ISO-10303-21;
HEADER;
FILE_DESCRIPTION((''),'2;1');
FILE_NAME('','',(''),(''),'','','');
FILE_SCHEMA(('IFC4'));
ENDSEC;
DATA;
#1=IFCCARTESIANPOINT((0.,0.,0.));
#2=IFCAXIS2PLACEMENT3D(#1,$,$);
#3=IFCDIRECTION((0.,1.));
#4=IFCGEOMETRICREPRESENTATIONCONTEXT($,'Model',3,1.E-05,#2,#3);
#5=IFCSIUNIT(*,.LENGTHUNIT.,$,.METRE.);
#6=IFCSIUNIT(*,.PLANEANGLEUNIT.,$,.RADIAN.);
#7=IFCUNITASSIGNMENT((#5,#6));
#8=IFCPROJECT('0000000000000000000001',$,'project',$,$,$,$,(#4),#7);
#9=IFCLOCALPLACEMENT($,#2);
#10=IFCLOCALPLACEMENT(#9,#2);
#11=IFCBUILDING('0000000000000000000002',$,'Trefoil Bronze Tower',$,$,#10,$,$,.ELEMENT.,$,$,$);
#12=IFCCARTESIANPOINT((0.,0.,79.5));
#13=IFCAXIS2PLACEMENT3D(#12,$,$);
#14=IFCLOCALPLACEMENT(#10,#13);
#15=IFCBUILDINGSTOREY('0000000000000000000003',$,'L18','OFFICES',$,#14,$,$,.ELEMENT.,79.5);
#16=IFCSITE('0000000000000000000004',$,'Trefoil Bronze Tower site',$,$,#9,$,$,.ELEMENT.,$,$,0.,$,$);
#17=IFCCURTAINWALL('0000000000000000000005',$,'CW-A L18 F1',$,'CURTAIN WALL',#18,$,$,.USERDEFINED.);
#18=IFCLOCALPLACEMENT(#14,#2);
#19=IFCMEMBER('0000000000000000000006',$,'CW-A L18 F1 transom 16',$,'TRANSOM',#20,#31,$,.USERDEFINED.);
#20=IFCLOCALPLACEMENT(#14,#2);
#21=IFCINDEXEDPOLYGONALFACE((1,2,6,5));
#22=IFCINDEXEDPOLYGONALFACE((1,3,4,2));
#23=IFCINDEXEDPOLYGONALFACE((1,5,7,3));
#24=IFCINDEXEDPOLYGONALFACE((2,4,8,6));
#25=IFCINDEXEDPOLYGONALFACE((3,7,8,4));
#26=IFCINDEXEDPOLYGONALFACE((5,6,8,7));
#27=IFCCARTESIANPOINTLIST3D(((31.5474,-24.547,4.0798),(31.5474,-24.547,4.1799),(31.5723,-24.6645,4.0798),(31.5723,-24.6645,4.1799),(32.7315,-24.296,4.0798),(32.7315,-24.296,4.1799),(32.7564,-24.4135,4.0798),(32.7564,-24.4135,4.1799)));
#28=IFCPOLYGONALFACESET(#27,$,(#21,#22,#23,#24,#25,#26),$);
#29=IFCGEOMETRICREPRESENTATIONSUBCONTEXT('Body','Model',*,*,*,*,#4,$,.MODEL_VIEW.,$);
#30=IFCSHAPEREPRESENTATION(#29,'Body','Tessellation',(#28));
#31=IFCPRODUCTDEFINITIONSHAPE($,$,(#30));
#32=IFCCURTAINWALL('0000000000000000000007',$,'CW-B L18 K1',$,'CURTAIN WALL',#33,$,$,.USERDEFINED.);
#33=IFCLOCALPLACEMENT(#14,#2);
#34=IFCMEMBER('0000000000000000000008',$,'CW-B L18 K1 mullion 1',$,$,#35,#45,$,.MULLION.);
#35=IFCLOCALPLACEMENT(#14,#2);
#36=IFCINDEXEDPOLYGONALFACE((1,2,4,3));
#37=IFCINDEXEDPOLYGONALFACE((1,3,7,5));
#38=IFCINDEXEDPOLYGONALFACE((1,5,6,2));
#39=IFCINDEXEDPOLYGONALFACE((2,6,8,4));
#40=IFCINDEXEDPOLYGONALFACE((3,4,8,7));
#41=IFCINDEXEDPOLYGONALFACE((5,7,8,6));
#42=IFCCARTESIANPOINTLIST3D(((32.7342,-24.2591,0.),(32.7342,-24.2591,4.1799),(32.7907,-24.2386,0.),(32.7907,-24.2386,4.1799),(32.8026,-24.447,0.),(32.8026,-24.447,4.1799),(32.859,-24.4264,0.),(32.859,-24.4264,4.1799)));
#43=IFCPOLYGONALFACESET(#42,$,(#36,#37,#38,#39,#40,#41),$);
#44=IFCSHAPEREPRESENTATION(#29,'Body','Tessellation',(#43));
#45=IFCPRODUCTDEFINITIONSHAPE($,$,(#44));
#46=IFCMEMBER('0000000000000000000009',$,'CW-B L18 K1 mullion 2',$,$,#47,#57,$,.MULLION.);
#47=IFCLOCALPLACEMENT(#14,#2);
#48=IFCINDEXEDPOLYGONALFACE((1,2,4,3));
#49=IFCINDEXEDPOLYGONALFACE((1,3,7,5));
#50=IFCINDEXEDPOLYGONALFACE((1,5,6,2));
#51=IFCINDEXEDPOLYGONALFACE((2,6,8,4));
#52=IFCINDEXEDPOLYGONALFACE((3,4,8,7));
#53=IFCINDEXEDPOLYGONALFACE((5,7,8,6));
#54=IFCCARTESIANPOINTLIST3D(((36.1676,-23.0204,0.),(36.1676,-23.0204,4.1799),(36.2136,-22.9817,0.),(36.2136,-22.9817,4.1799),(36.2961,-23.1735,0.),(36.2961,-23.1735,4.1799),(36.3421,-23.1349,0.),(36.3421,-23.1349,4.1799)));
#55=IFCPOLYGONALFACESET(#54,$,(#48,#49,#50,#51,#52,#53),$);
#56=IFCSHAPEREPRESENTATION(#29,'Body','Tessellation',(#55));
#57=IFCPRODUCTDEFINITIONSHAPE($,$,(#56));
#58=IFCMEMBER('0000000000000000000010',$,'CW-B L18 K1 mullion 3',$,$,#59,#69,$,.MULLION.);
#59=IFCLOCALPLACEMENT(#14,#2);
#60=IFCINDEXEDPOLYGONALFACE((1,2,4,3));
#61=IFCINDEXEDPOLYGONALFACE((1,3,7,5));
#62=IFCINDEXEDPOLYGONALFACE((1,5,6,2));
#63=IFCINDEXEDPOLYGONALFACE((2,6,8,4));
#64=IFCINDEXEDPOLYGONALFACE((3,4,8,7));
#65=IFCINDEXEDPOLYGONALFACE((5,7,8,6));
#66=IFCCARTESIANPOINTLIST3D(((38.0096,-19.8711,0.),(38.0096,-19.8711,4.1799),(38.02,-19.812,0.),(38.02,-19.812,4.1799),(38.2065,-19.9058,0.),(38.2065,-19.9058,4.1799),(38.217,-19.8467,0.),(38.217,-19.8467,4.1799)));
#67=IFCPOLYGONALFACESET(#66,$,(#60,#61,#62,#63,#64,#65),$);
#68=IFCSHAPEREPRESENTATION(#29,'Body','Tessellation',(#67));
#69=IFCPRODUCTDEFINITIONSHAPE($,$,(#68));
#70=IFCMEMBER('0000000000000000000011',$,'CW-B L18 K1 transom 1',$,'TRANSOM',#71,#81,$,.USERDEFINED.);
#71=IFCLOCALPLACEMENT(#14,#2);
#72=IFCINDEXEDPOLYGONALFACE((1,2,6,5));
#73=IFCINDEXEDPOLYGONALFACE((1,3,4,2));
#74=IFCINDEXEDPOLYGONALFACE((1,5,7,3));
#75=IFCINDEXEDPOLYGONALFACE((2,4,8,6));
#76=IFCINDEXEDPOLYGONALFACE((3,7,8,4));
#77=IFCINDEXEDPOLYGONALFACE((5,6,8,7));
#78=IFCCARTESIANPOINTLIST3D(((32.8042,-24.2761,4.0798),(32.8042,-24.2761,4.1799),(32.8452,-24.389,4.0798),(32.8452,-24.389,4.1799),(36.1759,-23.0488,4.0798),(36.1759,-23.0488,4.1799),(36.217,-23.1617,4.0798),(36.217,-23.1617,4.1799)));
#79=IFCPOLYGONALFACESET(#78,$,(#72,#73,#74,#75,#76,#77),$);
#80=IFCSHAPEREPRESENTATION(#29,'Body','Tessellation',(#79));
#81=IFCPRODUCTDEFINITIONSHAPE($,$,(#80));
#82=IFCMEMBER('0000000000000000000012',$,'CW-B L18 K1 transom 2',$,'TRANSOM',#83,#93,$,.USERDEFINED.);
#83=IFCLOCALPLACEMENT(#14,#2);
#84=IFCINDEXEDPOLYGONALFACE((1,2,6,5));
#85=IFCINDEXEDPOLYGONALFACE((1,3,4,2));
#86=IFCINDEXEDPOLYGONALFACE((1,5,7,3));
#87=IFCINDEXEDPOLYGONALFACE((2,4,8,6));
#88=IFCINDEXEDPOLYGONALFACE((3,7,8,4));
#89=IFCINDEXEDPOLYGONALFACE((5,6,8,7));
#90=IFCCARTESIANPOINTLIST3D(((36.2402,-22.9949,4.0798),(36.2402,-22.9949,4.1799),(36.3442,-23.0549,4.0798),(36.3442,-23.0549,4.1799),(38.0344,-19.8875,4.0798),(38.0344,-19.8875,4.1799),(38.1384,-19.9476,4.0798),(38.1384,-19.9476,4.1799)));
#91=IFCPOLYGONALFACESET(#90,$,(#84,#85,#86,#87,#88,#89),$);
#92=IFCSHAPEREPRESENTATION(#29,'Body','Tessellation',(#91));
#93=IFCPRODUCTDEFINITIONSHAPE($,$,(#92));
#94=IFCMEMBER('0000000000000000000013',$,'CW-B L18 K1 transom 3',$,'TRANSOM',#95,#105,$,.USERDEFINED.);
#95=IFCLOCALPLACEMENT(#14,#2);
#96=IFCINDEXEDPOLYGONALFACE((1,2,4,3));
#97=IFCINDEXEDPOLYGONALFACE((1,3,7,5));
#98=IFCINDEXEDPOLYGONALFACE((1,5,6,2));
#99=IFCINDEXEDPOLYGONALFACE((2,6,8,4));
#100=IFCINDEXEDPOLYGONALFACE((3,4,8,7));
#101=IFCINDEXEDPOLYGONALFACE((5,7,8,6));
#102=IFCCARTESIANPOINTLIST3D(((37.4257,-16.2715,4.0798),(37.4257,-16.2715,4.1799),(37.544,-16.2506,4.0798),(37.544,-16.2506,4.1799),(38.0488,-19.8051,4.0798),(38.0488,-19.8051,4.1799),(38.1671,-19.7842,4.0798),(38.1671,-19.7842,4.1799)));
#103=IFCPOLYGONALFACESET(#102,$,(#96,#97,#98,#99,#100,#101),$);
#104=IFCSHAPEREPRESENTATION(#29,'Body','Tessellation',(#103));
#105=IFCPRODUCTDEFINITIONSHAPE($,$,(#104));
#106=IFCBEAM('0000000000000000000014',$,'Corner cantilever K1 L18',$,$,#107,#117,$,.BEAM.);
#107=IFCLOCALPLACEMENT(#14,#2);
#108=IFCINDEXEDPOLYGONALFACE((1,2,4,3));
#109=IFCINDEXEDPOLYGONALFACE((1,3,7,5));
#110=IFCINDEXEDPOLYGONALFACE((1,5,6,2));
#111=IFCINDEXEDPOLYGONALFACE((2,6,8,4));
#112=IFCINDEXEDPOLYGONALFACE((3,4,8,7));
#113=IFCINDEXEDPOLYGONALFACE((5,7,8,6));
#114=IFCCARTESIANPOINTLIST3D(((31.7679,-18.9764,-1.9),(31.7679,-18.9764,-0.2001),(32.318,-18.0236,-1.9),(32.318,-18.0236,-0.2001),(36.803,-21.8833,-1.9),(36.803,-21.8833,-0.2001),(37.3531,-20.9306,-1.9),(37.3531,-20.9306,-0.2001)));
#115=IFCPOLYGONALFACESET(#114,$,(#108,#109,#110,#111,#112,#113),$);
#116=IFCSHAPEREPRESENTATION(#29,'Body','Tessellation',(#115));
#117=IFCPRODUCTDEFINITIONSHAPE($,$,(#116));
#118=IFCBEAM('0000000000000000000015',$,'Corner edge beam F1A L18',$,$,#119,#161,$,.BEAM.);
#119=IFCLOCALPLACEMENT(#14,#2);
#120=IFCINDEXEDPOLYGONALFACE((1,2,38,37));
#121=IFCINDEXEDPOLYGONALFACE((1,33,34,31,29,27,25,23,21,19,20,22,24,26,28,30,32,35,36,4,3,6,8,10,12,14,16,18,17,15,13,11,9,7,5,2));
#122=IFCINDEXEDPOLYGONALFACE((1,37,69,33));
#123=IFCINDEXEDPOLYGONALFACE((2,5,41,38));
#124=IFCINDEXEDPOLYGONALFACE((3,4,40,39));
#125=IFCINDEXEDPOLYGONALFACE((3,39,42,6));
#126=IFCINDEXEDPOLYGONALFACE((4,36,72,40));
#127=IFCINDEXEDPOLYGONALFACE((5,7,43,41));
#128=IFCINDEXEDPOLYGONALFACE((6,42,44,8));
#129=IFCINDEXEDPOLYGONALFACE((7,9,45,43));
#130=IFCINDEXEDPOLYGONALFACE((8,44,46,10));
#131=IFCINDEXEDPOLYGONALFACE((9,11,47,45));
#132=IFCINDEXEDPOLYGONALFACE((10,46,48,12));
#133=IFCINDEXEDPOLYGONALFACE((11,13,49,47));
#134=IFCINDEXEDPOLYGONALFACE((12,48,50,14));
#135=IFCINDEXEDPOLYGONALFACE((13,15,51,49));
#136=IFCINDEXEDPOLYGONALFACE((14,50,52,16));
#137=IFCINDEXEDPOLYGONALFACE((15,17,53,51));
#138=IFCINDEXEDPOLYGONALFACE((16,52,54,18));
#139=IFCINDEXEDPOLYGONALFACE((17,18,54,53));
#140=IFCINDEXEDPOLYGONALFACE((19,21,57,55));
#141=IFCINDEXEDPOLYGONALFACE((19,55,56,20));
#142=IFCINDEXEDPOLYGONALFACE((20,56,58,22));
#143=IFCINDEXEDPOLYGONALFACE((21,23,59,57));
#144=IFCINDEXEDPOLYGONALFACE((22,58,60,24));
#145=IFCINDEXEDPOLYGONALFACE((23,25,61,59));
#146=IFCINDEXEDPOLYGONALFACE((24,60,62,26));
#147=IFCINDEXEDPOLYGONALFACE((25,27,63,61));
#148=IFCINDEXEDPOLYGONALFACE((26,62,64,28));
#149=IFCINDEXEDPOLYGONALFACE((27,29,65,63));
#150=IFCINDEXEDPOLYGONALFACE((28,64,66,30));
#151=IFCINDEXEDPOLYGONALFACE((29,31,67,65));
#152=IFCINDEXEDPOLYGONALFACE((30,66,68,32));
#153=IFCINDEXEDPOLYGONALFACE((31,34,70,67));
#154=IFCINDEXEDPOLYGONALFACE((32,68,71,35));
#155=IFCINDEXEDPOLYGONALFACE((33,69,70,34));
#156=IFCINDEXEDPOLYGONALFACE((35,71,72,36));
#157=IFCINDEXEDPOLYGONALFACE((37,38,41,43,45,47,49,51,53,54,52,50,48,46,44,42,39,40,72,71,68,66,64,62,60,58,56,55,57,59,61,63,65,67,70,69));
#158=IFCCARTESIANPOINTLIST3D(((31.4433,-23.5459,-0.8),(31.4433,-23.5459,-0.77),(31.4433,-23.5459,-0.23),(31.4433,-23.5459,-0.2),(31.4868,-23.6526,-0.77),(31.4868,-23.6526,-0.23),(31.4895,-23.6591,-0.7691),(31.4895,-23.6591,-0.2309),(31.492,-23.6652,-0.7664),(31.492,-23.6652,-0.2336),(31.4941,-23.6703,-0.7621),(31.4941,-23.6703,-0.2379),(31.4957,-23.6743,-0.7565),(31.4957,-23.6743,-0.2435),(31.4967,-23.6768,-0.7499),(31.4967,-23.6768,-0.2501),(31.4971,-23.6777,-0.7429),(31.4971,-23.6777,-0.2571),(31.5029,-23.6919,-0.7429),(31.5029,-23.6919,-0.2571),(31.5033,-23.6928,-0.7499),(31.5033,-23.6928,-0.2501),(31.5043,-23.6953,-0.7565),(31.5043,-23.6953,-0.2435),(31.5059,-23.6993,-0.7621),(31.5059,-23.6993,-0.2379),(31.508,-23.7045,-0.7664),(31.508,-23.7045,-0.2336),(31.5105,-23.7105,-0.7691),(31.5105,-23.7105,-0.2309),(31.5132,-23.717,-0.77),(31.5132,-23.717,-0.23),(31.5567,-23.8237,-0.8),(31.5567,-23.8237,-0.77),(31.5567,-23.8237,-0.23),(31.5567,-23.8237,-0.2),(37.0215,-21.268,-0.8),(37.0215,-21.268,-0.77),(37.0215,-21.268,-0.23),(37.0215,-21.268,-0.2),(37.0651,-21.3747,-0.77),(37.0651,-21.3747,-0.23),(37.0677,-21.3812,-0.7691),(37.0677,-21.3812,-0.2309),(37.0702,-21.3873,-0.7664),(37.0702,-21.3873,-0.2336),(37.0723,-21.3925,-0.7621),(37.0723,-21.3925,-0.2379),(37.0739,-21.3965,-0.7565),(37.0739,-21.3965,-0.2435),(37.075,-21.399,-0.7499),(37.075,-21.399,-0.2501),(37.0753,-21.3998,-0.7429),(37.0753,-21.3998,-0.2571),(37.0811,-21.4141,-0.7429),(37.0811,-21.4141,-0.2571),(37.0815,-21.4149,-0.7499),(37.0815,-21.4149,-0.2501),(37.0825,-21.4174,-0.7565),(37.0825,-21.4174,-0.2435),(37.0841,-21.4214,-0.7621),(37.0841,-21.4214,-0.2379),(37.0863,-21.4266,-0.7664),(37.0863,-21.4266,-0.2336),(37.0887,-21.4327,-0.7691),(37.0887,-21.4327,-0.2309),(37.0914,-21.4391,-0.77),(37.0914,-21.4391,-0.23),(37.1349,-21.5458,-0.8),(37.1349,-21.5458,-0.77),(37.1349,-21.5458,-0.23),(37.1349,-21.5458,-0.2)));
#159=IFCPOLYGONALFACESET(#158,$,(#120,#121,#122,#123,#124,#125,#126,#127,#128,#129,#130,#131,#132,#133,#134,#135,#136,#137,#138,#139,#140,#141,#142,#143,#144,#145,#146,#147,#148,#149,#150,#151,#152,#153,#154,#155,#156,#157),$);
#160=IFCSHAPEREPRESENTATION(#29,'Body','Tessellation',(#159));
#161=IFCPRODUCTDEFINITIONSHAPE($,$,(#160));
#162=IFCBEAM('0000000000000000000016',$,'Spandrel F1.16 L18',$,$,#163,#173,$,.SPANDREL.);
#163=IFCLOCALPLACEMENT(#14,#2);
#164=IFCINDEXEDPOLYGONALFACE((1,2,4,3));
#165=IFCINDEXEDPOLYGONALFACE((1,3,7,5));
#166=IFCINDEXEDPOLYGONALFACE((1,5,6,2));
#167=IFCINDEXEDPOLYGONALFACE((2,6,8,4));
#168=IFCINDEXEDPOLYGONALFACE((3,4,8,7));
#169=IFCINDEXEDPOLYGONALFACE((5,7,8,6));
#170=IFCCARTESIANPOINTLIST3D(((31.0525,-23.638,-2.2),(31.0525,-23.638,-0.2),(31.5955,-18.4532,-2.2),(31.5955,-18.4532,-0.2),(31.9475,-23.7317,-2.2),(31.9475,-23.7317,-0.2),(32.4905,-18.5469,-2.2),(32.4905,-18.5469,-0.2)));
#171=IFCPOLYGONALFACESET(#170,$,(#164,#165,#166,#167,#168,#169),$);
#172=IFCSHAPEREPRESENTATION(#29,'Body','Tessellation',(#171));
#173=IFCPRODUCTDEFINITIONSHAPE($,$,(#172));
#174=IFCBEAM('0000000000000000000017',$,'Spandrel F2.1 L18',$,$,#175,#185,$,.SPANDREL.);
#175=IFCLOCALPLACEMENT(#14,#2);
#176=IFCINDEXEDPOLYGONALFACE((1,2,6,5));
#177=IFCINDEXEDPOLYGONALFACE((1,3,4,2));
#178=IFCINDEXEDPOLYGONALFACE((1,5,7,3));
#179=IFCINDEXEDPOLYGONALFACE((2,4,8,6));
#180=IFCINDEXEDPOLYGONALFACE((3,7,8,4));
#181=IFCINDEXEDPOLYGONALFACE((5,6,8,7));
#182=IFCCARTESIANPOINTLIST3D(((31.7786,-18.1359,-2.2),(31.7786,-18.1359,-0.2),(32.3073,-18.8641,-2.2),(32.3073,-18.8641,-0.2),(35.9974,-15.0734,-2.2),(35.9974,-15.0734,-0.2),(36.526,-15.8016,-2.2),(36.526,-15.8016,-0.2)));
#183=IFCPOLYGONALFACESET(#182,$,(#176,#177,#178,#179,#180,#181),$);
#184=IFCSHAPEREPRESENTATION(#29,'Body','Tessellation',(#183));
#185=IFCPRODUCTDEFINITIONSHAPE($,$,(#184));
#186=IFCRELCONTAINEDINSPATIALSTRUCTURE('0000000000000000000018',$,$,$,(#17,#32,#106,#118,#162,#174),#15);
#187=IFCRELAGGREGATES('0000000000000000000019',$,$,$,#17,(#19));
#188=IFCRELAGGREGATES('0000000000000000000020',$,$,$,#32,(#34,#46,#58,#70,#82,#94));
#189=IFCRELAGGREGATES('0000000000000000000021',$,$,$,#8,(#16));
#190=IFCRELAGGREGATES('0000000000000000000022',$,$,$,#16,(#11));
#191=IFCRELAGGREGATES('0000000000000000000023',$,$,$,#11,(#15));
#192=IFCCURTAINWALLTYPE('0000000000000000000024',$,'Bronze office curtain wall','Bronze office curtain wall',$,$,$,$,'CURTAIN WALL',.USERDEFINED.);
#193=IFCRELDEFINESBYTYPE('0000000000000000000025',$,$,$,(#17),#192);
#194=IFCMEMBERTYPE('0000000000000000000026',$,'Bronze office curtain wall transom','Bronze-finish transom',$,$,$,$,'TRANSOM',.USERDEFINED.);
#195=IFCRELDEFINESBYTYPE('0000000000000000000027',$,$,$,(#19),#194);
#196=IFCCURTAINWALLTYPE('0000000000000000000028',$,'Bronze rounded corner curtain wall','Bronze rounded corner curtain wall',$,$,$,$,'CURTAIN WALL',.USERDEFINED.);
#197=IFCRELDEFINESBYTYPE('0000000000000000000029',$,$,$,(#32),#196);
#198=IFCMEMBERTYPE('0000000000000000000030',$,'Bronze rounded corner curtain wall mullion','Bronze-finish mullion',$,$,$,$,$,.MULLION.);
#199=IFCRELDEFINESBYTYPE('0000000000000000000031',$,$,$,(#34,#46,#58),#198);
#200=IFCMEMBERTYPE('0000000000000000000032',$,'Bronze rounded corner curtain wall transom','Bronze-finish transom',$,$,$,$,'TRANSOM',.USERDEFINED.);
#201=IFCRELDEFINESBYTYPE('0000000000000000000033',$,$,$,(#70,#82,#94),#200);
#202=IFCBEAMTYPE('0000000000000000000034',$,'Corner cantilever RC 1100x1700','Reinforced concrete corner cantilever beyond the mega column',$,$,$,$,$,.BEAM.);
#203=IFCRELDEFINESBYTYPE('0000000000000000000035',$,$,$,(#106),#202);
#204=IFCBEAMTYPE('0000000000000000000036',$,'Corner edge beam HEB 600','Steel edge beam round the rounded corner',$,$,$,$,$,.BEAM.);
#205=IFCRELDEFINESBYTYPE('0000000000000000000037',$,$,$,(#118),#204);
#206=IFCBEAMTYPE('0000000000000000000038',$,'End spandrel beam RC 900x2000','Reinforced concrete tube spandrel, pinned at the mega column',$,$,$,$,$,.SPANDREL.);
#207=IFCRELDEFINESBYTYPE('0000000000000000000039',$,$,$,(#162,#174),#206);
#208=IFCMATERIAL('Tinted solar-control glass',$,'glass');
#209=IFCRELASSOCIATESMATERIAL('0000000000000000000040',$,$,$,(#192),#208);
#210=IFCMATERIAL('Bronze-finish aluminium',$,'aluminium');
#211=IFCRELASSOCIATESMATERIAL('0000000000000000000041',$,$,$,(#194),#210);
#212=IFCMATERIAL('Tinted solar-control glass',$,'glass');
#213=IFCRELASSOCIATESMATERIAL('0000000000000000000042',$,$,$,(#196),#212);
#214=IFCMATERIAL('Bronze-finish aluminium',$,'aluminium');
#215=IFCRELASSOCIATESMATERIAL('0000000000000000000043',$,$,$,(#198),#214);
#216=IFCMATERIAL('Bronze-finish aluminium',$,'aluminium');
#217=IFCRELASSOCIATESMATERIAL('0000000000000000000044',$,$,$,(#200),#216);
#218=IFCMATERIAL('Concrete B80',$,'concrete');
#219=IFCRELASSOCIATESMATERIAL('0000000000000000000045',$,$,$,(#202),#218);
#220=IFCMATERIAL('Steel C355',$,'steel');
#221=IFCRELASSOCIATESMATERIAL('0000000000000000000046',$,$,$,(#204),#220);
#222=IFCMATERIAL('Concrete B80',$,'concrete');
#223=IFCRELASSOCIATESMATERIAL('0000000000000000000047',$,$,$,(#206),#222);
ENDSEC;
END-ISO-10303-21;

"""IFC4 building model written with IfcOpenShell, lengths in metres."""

from ifc_helpers import new_model, si_unit, direction, frame, origin, origin_2d, place, context, subcontext, project, spatial, rectangle, i_section, extrude, material, material_profile, profile_set, type_object, element, aggregate, save


model = new_model("IFC4")

# Units and contexts
model_context = context("Model", 3, precision=1e-05, world=origin(), true_north=direction((0.0, 1.0)))
body_context = subcontext(model_context, "Body", "Model", "MODEL_VIEW")
ifc_project = project(units=[si_unit("LENGTHUNIT", "METRE"), si_unit("PLANEANGLEUNIT", "RADIAN")], contexts=[model_context])

# Site, building, storey
site_placement = place(None, origin())
site = spatial("IfcSite", under=ifc_project, at=site_placement, Name="Trefoil Bronze Tower site", CompositionType="ELEMENT", RefElevation=0.0)
building_placement = place(site_placement, origin())
building = spatial("IfcBuilding", under=site, at=building_placement, Name="Trefoil Bronze Tower", CompositionType="ELEMENT")
storey_placement = place(building_placement, frame((0.0, 0.0, 79.5)))
storey = spatial("IfcBuildingStorey", under=building, at=storey_placement, Name="L18", Description="OFFICES", CompositionType="ELEMENT", Elevation=79.5)

# Curtain walls, members
ifc_material_1 = material(Name="Tinted solar-control glass", Category="glass")
curtain_wall_type_1 = type_object("IfcCurtainWallType", Name="Bronze office curtain wall", Description="Bronze office curtain wall", ElementType="CURTAIN WALL", PredefinedType="USERDEFINED", material=ifc_material_1)
curtain_wall_1_placement = place(storey_placement, origin())
curtain_wall_1 = element("IfcCurtainWall", 1, at=curtain_wall_1_placement, inside=storey, type_object=curtain_wall_type_1, Name="CW-A L18 F1", ObjectType="CURTAIN WALL", PredefinedType="USERDEFINED")
ifc_material_2 = material(Name="Bronze-finish aluminium", Category="aluminium")
ifc_material_profile_1 = material_profile(ifc_material_2, rectangle(XDim=0.1201, YDim=0.1001, at=origin_2d()), Name="CW-A transom")
ifc_profile_set_1 = profile_set([ifc_material_profile_1], Name="Bronze-finish aluminium")
member_type_1 = type_object("IfcMemberType", Name="Bronze office curtain wall transom", Description="Bronze-finish transom", ElementType="TRANSOM", PredefinedType="USERDEFINED", material=ifc_profile_set_1)
member_1_placement = place(storey_placement, frame((31.5598, -24.6057, 4.1299), z_axis=(0.978266, 0.207352, 0.0), x_axis=(-0.207352, 0.978266, 0.0)))
member_1 = element("IfcMember", 2, at=member_1_placement, type_object=member_type_1, Name="CW-A L18 F1 transom 16", ObjectType="TRANSOM", PredefinedType="USERDEFINED", context=body_context, shape_type="SweptSolid", body=[
    extrude(rectangle(XDim=0.1201, YDim=0.1001, at=origin_2d()), origin(), (0.0, 0.0, 1.0), 1.2104),
])
ifc_material_3 = material(Name="Tinted solar-control glass", Category="glass")
curtain_wall_type_2 = type_object("IfcCurtainWallType", Name="Bronze rounded corner curtain wall", Description="Bronze rounded corner curtain wall", ElementType="CURTAIN WALL", PredefinedType="USERDEFINED", material=ifc_material_3)
curtain_wall_2_placement = place(storey_placement, origin())
curtain_wall_2 = element("IfcCurtainWall", 3, at=curtain_wall_2_placement, inside=storey, type_object=curtain_wall_type_2, Name="CW-B L18 K1", ObjectType="CURTAIN WALL", PredefinedType="USERDEFINED")
ifc_material_4 = material(Name="Bronze-finish aluminium", Category="aluminium")
ifc_material_profile_2 = material_profile(ifc_material_4, rectangle(XDim=0.2, YDim=0.0601, at=origin_2d()), Name="CW-B mullion")
ifc_profile_set_2 = profile_set([ifc_material_profile_2], Name="Bronze-finish aluminium")
member_type_2 = type_object("IfcMemberType", Name="Bronze rounded corner curtain wall mullion", Description="Bronze-finish mullion", PredefinedType="MULLION", material=ifc_profile_set_2)
member_2_placement = place(storey_placement, frame((32.7966, -24.3428, 0.0), z_axis=(0.0, 0.0, 1.0), x_axis=(-0.34202, 0.939693, 0.0)))
member_2 = element("IfcMember", 4, at=member_2_placement, type_object=member_type_2, Name="CW-B L18 K1 mullion 1", PredefinedType="MULLION", context=body_context, shape_type="SweptSolid", body=[
    extrude(rectangle(XDim=0.2, YDim=0.0601, at=origin_2d()), origin(), (0.0, 0.0, 1.0), 4.1799),
])
member_3_placement = place(storey_placement, frame((36.2549, -23.0776, 0.0), z_axis=(0.0, 0.0, 1.0), x_axis=(-0.642788, 0.766044, 0.0)))
member_3 = element("IfcMember", 5, at=member_3_placement, type_object=member_type_2, Name="CW-B L18 K1 mullion 2", PredefinedType="MULLION", context=body_context, shape_type="SweptSolid", body=[
    extrude(rectangle(XDim=0.2, YDim=0.0601, at=origin_2d()), origin(), (0.0, 0.0, 1.0), 4.1799),
])
member_4_placement = place(storey_placement, frame((38.1133, -19.8589, 0.0), z_axis=(0.0, 0.0, 1.0), x_axis=(-0.984808, 0.173648, 0.0)))
member_4 = element("IfcMember", 6, at=member_4_placement, type_object=member_type_2, Name="CW-B L18 K1 mullion 3", PredefinedType="MULLION", context=body_context, shape_type="SweptSolid", body=[
    extrude(rectangle(XDim=0.2, YDim=0.0601, at=origin_2d()), origin(), (0.0, 0.0, 1.0), 4.1799),
])
ifc_material_5 = material(Name="Bronze-finish aluminium", Category="aluminium")
ifc_material_profile_3 = material_profile(ifc_material_5, rectangle(XDim=0.1201, YDim=0.1001, at=origin_2d()), Name="CW-B transom")
ifc_profile_set_3 = profile_set([ifc_material_profile_3], Name="Bronze-finish aluminium")
member_type_3 = type_object("IfcMemberType", Name="Bronze rounded corner curtain wall transom", Description="Bronze-finish transom", ElementType="TRANSOM", PredefinedType="USERDEFINED", material=ifc_profile_set_3)
member_5_placement = place(storey_placement, frame((32.8247, -24.3325, 4.1299), z_axis=(0.939688, 0.342033, 0.0), x_axis=(-0.342033, 0.939688, 0.0)))
member_5 = element("IfcMember", 7, at=member_5_placement, type_object=member_type_3, Name="CW-B L18 K1 transom 1", ObjectType="TRANSOM", PredefinedType="USERDEFINED", context=body_context, shape_type="SweptSolid", body=[
    extrude(rectangle(XDim=0.1201, YDim=0.1001, at=origin_2d()), origin(), (0.0, 0.0, 1.0), 3.5881),
])
member_6_placement = place(storey_placement, frame((36.2922, -23.0249, 4.1299), z_axis=(0.500025, 0.866011, 0.0), x_axis=(-0.866011, 0.500025, 0.0)))
member_6 = element("IfcMember", 8, at=member_6_placement, type_object=member_type_3, Name="CW-B L18 K1 transom 2", ObjectType="TRANSOM", PredefinedType="USERDEFINED", context=body_context, shape_type="SweptSolid", body=[
    extrude(rectangle(XDim=0.1201, YDim=0.1001, at=origin_2d()), origin(), (0.0, 0.0, 1.0), 3.5881),
])
member_7_placement = place(storey_placement, frame((38.1079, -19.7947, 4.1299), z_axis=(-0.173638, 0.98481, 0.0), x_axis=(-0.98481, -0.173638, 0.0)))
member_7 = element("IfcMember", 9, at=member_7_placement, type_object=member_type_3, Name="CW-B L18 K1 transom 3", ObjectType="TRANSOM", PredefinedType="USERDEFINED", context=body_context, shape_type="SweptSolid", body=[
    extrude(rectangle(XDim=0.1201, YDim=0.1001, at=origin_2d()), origin(), (0.0, 0.0, 1.0), 3.5881),
])

# Beams
ifc_material_6 = material(Name="Concrete B80", Category="concrete")
ifc_material_profile_4 = material_profile(ifc_material_6, rectangle(XDim=1.1001, YDim=1.7, at=origin_2d()), Name="RC 1100x1700")
ifc_profile_set_4 = profile_set([ifc_material_profile_4], Name="Concrete B80")
beam_type_1 = type_object("IfcBeamType", Name="Corner cantilever RC 1100x1700", Description="Reinforced concrete corner cantilever beyond the mega column", PredefinedType="BEAM", material=ifc_profile_set_4)
beam_1_placement = place(storey_placement, frame((32.043, -18.5, -1.05), z_axis=(0.86603, -0.499991, 0.0), x_axis=(0.499991, 0.86603, 0.0)))
element("IfcBeam", 10, at=beam_1_placement, inside=storey, type_object=beam_type_1, Name="Corner cantilever K1 L18", PredefinedType="BEAM", context=body_context, shape_type="SweptSolid", body=[
    extrude(rectangle(XDim=1.1001, YDim=1.7, at=origin_2d()), origin(), (0.0, 0.0, 1.0), 5.814),
])
ifc_material_7 = material(Name="Steel C355", Category="steel")
ifc_material_profile_5 = material_profile(ifc_material_7, i_section(OverallWidth=0.3, OverallDepth=0.6001, WebThickness=0.0154, FlangeThickness=0.03, FilletRadius=0.0271, at=origin_2d()), Name="HEB 600")
ifc_profile_set_5 = profile_set([ifc_material_profile_5], Name="Steel C355")
beam_type_2 = type_object("IfcBeamType", Name="Corner edge beam HEB 600", Description="Steel edge beam round the rounded corner", PredefinedType="BEAM", material=ifc_profile_set_5)
beam_2_placement = place(storey_placement, frame((31.5, -23.6848, -0.5), z_axis=(0.925787, 0.378046, 0.0), x_axis=(-0.378046, 0.925787, 0.0)))
element("IfcBeam", 11, at=beam_2_placement, inside=storey, type_object=beam_type_2, Name="Corner edge beam F1A L18", PredefinedType="BEAM", context=body_context, shape_type="SweptSolid", body=[
    extrude(i_section(OverallWidth=0.3, OverallDepth=0.6001, WebThickness=0.0154, FlangeThickness=0.03, FilletRadius=0.0271, at=origin_2d()), origin(), (0.0, 0.0, 1.0), 6.0254),
])
ifc_material_8 = material(Name="Concrete B80", Category="concrete")
ifc_material_profile_6 = material_profile(ifc_material_8, rectangle(XDim=0.8999, YDim=2.0, at=origin_2d()), Name="RC 900x2000")
ifc_profile_set_6 = profile_set([ifc_material_profile_6], Name="Concrete B80")
beam_type_3 = type_object("IfcBeamType", Name="End spandrel beam RC 900x2000", Description="Reinforced concrete tube spandrel, pinned at the mega column", PredefinedType="SPANDREL", material=ifc_profile_set_6)
for number, where, z_axis, x_axis, name in (
    (12, (31.5, -23.6848, -1.2), (0.104153, 0.994561, 0.0), (-0.994561, 0.104153, 0.0), "Spandrel F1.16 L18"),
    (13, (32.043, -18.5, -1.2), (0.809254, 0.587459, 0.0), (-0.587459, 0.809254, 0.0), "Spandrel F2.1 L18"),
):
    element("IfcBeam", number, at=place(storey_placement, frame(where, z_axis=z_axis, x_axis=x_axis)), inside=storey, type_object=beam_type_3, Name=name, PredefinedType="SPANDREL", context=body_context, shape_type="SweptSolid", body=[
        extrude(rectangle(XDim=0.8999, YDim=2.0, at=origin_2d()), origin(), (0.0, 0.0, 1.0), 5.2131),
    ])

aggregate(curtain_wall_1, [member_1])
aggregate(curtain_wall_2, [member_2, member_3, member_4, member_5, member_6, member_7])

save(model, "model.ifc")
